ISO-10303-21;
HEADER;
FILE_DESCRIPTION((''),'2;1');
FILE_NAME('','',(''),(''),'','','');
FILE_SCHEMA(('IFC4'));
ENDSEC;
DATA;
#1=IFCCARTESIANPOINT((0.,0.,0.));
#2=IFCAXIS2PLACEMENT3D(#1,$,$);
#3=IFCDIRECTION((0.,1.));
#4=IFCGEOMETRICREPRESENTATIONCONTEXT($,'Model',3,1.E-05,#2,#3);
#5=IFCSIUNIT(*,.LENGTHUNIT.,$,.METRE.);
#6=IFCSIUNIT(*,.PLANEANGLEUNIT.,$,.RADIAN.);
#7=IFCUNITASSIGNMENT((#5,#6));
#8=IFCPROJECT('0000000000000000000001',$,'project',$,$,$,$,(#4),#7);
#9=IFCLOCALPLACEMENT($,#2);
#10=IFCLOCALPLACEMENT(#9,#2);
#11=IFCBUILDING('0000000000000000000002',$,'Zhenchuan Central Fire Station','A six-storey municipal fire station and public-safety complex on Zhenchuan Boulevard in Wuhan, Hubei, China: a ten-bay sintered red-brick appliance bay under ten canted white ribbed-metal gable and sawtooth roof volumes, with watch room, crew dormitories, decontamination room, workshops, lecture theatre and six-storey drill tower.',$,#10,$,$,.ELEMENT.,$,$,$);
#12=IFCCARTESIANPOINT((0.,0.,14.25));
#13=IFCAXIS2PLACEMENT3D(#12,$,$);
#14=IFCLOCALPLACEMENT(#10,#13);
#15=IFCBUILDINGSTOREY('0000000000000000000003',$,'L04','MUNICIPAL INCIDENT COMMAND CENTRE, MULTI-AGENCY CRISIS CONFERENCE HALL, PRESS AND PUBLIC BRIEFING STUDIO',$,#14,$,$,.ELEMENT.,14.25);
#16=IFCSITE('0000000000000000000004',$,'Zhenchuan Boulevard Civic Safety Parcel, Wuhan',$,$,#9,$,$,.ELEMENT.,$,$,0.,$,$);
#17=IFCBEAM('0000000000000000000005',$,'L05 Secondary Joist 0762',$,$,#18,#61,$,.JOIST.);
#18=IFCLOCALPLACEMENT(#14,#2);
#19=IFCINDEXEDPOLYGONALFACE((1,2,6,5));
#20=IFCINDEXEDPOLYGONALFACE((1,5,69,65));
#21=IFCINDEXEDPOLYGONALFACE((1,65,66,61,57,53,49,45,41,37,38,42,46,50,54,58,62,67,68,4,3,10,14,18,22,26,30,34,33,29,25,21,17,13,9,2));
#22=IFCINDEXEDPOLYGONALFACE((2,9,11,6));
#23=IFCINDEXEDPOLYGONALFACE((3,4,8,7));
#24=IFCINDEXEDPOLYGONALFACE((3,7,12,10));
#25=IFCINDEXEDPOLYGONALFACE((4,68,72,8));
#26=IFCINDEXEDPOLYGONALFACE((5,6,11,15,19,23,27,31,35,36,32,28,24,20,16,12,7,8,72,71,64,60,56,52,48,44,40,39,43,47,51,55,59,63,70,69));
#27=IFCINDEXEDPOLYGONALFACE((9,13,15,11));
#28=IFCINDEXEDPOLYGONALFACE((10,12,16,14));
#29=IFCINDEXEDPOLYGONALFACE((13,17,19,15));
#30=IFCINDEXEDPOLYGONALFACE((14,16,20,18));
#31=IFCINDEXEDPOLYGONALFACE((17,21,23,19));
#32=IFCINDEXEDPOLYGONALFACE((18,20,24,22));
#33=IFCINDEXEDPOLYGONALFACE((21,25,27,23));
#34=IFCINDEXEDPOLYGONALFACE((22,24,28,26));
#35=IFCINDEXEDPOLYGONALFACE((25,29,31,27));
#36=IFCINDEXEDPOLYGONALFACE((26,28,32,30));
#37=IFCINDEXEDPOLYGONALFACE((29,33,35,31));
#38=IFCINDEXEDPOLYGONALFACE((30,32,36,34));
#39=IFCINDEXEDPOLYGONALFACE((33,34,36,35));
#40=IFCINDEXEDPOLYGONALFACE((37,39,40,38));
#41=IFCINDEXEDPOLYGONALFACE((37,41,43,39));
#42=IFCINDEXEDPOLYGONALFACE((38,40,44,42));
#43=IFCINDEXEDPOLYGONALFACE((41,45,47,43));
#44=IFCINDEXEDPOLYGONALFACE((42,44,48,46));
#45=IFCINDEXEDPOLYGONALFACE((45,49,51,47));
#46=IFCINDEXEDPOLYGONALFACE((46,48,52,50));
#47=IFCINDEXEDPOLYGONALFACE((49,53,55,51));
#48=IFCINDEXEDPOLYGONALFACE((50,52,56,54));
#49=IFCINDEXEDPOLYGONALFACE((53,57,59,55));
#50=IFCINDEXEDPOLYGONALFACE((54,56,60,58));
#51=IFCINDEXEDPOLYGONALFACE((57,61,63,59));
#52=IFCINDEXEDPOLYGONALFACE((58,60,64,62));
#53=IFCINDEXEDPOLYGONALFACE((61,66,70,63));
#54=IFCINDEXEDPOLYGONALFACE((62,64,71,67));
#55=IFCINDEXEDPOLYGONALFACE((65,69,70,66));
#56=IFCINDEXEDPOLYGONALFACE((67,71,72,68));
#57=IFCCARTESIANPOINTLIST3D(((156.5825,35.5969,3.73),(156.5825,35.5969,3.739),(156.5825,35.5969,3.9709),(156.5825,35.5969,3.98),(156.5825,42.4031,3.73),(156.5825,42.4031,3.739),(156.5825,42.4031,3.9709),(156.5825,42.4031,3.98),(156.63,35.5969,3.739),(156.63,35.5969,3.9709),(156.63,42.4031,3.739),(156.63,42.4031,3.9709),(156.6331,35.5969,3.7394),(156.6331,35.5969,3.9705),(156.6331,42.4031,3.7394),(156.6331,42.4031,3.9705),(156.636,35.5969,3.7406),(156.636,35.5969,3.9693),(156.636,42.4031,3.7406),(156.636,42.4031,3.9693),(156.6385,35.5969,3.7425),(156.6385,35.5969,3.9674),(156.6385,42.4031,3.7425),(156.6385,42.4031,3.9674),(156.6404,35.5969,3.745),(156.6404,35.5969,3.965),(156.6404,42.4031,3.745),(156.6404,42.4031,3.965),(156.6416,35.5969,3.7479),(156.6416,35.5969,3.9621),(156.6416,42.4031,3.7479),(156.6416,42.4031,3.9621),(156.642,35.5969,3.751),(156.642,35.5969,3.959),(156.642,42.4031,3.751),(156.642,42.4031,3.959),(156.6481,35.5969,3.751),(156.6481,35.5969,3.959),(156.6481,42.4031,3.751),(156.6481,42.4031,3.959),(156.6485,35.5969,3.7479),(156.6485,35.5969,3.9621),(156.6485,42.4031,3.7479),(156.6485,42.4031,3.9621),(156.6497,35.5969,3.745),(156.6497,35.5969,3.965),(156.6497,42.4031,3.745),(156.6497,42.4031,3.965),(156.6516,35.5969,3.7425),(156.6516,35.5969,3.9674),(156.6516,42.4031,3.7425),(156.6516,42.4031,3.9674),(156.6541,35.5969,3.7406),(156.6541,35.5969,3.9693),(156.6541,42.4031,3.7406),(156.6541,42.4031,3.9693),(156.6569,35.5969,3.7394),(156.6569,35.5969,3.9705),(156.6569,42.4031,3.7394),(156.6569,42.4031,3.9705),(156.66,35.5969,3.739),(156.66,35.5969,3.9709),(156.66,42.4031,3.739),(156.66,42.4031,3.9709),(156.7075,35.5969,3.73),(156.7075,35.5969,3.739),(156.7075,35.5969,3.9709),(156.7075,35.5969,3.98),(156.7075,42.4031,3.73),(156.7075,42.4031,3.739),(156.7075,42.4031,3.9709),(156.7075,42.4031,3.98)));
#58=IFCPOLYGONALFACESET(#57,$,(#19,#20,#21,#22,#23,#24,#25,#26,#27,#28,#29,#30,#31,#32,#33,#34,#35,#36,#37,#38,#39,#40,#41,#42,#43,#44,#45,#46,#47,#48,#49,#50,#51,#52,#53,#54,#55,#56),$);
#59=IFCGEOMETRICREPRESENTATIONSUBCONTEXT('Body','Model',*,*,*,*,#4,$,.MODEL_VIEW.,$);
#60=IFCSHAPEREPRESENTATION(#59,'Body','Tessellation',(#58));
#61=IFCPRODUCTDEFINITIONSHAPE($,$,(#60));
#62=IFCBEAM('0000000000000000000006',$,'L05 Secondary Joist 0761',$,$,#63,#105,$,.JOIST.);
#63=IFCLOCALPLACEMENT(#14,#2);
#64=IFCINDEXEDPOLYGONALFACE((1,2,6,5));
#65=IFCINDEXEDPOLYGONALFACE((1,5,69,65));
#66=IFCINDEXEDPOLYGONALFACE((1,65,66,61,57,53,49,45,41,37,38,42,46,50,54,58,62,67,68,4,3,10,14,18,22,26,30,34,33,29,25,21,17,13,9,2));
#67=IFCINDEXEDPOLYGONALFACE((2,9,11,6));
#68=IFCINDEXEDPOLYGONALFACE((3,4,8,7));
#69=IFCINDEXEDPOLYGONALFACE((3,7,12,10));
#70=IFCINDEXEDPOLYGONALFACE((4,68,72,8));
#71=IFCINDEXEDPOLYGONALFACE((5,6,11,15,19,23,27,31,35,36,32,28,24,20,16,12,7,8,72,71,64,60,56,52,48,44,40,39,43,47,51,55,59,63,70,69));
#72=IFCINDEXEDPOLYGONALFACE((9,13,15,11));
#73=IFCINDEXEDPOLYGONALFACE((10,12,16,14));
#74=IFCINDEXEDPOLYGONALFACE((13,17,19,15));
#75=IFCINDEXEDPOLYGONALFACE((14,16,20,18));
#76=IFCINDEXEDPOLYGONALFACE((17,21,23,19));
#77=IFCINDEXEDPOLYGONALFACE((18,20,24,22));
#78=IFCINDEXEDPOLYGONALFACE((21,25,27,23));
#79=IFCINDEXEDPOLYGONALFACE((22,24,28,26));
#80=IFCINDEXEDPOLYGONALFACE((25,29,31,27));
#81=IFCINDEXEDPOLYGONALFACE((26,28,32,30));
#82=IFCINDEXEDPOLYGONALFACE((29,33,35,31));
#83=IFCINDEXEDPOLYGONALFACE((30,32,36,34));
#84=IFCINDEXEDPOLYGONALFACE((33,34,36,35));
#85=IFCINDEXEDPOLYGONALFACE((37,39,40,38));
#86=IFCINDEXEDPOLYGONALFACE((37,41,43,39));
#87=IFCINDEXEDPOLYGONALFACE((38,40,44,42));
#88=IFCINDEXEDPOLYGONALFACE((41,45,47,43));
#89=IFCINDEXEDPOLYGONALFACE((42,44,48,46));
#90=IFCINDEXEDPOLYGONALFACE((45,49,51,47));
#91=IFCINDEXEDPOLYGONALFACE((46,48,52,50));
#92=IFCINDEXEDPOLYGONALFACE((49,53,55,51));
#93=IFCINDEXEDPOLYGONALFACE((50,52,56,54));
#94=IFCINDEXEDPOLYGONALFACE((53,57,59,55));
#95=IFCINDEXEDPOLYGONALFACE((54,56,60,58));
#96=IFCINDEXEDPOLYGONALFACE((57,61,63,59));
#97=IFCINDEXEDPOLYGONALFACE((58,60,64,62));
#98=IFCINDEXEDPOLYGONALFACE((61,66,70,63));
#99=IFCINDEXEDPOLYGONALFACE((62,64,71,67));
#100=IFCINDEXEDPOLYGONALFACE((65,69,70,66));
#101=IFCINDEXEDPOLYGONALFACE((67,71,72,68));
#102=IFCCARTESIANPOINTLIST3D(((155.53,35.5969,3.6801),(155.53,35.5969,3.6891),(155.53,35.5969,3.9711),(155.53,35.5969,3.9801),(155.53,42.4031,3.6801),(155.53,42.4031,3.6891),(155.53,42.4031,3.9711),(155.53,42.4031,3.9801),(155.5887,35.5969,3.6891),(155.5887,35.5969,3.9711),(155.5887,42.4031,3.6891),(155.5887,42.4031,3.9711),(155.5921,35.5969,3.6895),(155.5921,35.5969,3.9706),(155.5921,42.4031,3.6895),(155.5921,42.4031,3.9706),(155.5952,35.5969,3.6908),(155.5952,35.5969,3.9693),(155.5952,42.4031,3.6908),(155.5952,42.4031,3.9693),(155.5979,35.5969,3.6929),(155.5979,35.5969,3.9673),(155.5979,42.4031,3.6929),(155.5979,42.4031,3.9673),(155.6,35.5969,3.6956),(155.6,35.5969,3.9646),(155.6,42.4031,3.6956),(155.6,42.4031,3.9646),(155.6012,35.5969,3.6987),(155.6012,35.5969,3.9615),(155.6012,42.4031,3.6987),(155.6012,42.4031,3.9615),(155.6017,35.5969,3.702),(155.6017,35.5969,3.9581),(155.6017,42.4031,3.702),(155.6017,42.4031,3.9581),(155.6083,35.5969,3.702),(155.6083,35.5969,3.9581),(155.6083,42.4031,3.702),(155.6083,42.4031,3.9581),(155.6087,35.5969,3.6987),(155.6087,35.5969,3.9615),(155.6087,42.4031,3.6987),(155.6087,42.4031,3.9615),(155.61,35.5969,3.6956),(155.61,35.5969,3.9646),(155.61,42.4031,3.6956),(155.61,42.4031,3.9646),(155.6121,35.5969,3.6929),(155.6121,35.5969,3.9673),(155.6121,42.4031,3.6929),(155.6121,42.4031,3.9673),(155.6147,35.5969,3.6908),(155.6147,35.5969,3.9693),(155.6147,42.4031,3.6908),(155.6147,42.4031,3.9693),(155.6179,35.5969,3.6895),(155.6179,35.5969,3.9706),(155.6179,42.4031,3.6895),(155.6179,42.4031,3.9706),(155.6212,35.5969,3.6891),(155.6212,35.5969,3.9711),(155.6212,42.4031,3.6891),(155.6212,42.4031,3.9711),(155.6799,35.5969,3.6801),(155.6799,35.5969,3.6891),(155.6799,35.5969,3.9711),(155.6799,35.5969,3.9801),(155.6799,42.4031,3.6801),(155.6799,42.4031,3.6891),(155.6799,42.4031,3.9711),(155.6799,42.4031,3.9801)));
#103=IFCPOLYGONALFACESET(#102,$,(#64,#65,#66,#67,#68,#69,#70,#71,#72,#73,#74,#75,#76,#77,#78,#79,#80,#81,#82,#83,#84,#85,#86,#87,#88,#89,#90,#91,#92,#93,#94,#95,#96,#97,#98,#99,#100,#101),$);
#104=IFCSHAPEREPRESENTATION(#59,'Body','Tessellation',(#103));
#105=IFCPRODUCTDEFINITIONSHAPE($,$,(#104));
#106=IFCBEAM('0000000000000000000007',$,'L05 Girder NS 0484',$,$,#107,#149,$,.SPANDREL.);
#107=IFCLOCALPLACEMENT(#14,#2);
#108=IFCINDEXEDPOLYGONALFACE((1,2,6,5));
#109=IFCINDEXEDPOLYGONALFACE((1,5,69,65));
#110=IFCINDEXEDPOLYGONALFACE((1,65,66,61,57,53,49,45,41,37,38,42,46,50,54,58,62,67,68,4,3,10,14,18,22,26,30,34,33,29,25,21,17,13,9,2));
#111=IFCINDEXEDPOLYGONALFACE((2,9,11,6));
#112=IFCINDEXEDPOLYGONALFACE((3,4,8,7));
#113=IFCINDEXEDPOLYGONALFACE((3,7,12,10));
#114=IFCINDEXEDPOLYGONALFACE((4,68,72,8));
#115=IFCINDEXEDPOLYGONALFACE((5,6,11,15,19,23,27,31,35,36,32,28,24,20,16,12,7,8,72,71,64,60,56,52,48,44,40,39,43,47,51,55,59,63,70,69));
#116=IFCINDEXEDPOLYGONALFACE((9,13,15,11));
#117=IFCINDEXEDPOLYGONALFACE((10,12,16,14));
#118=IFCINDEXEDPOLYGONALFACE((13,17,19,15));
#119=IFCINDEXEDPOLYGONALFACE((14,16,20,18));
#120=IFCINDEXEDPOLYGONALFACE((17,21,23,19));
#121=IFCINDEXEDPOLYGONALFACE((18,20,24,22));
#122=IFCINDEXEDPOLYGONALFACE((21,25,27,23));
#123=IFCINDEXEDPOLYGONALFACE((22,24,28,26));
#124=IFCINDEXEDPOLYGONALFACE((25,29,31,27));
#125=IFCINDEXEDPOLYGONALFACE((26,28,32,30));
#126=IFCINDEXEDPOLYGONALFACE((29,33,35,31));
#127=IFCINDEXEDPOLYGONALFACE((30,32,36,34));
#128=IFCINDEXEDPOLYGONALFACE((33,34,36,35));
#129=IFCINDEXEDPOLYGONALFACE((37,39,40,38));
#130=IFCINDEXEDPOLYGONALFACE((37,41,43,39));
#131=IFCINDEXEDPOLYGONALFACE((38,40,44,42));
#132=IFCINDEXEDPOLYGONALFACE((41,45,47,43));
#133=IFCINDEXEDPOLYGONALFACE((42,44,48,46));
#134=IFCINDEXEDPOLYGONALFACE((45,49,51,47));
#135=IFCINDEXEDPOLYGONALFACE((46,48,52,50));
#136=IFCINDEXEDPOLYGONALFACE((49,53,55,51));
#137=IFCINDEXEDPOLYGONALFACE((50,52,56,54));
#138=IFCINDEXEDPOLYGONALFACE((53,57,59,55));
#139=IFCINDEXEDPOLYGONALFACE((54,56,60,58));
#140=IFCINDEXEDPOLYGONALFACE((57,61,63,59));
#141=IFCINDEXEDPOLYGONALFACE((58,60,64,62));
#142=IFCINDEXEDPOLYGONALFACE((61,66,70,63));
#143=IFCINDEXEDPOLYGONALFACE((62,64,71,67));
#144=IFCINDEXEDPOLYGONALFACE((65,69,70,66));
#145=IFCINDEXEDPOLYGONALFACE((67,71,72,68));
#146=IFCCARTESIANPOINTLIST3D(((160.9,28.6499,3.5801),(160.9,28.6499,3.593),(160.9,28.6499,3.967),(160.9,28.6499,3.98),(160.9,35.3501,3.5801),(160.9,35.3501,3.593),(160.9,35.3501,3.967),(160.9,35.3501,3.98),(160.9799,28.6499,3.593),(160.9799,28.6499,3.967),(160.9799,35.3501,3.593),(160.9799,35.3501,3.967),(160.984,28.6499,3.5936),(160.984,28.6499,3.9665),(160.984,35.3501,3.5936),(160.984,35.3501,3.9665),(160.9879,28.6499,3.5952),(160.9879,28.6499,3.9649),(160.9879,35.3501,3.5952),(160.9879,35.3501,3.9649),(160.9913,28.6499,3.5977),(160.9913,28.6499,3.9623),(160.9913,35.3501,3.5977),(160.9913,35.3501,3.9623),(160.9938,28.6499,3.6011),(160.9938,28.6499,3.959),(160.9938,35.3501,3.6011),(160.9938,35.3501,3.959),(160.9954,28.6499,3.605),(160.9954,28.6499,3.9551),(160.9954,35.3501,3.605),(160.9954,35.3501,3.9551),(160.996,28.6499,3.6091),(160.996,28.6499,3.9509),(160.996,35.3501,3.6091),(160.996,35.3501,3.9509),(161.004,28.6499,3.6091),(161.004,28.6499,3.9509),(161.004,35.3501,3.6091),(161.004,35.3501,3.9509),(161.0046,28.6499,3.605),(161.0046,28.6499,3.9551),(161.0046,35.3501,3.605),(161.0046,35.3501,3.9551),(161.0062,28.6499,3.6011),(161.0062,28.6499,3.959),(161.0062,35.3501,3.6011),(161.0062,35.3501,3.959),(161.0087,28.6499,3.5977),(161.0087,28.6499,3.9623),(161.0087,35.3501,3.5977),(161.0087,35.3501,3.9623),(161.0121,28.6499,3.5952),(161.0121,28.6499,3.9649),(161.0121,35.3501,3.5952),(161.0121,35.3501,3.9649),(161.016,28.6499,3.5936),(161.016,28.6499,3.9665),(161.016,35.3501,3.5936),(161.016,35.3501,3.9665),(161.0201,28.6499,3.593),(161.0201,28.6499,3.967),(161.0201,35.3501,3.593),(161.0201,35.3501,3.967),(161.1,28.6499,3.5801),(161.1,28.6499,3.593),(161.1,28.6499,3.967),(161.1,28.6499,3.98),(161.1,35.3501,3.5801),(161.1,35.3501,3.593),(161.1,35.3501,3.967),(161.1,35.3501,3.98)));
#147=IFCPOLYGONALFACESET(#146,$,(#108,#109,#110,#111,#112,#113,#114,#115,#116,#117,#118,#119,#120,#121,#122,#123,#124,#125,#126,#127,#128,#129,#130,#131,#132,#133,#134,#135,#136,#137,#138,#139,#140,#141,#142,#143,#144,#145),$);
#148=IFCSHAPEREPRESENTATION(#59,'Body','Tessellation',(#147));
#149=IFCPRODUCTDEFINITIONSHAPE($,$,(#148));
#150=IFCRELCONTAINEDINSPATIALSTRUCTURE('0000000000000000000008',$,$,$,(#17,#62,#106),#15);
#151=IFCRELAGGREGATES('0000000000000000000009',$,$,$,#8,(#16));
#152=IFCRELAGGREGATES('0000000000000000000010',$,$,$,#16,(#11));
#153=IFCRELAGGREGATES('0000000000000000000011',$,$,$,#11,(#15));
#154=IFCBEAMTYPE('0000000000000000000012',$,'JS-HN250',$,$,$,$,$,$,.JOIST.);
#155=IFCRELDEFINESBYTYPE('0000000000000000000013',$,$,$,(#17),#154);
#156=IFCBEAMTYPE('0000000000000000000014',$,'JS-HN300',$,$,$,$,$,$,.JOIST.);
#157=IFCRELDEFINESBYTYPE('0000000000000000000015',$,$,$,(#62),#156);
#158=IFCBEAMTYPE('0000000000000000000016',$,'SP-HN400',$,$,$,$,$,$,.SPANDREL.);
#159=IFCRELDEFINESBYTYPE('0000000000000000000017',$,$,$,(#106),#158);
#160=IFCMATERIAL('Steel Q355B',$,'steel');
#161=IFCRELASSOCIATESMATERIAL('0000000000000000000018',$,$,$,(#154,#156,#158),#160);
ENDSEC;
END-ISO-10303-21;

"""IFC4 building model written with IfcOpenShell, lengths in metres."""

from ifc_helpers import new_model, si_unit, direction, frame, origin, origin_2d, place, context, subcontext, project, spatial, i_section, extrude, material, material_profile, profile_set, type_object, element, save


model = new_model("IFC4")

# Units and contexts
model_context = context("Model", 3, precision=1e-05, world=origin(), true_north=direction((0.0, 1.0)))
body_context = subcontext(model_context, "Body", "Model", "MODEL_VIEW")
ifc_project = project(units=[si_unit("LENGTHUNIT", "METRE"), si_unit("PLANEANGLEUNIT", "RADIAN")], contexts=[model_context])

# Site, building, storey
site_placement = place(None, origin())
site = spatial("IfcSite", under=ifc_project, at=site_placement, Name="Zhenchuan Boulevard Civic Safety Parcel, Wuhan", CompositionType="ELEMENT", RefElevation=0.0)
building_placement = place(site_placement, origin())
building = spatial("IfcBuilding", under=site, at=building_placement, Name="Zhenchuan Central Fire Station", Description="A six-storey municipal fire station and public-safety complex on Zhenchuan Boulevard in Wuhan, Hubei, China: a ten-bay sintered red-brick appliance bay under ten canted white ribbed-metal gable and sawtooth roof volumes, with watch room, crew dormitories, decontamination room, workshops, lecture theatre and six-storey drill tower.", CompositionType="ELEMENT")
storey_placement = place(building_placement, frame((0.0, 0.0, 14.25)))
storey = spatial("IfcBuildingStorey", under=building, at=storey_placement, Name="L04", Description="MUNICIPAL INCIDENT COMMAND CENTRE, MULTI-AGENCY CRISIS CONFERENCE HALL, PRESS AND PUBLIC BRIEFING STUDIO", CompositionType="ELEMENT", Elevation=14.25)

# Shared definitions
ifc_material_1 = material(Name="Steel Q355B", Category="steel")

# Beams
ifc_material_profile_1 = material_profile(ifc_material_1, i_section(OverallWidth=0.125, OverallDepth=0.25, WebThickness=0.0061, FlangeThickness=0.009, FilletRadius=0.012, at=origin_2d()), Name="HN 250x125")
ifc_profile_set_1 = profile_set([ifc_material_profile_1], Name="Steel Q355B")
beam_type_1 = type_object("IfcBeamType", Name="JS-HN250", PredefinedType="JOIST", material=ifc_profile_set_1)
beam_1_placement = place(storey_placement, frame((156.645, 35.5969, 3.855), z_axis=(0.0, 1.0, 0.0), x_axis=(-1.0, 0.0, 0.0)))
element("IfcBeam", 1, at=beam_1_placement, inside=storey, type_object=beam_type_1, Name="L05 Secondary Joist 0762", PredefinedType="JOIST", context=body_context, shape_type="SweptSolid", body=[
    extrude(i_section(OverallWidth=0.125, OverallDepth=0.25, WebThickness=0.0061, FlangeThickness=0.009, FilletRadius=0.012, at=origin_2d()), origin(), (0.0, 0.0, 1.0), 6.8062),
])
ifc_material_profile_2 = material_profile(ifc_material_1, i_section(OverallWidth=0.1499, OverallDepth=0.3, WebThickness=0.0066, FlangeThickness=0.009, FilletRadius=0.0129, at=origin_2d()), Name="HN 300x150")
ifc_profile_set_2 = profile_set([ifc_material_profile_2], Name="Steel Q355B")
beam_type_2 = type_object("IfcBeamType", Name="JS-HN300", PredefinedType="JOIST", material=ifc_profile_set_2)
beam_2_placement = place(storey_placement, frame((155.605, 35.5969, 3.8301), z_axis=(0.0, 1.0, 0.0), x_axis=(-1.0, 0.0, 0.0)))
element("IfcBeam", 2, at=beam_2_placement, inside=storey, type_object=beam_type_2, Name="L05 Secondary Joist 0761", PredefinedType="JOIST", context=body_context, shape_type="SweptSolid", body=[
    extrude(i_section(OverallWidth=0.1499, OverallDepth=0.3, WebThickness=0.0066, FlangeThickness=0.009, FilletRadius=0.0129, at=origin_2d()), origin(), (0.0, 0.0, 1.0), 6.8062),
])
ifc_material_profile_3 = material_profile(ifc_material_1, i_section(OverallWidth=0.2, OverallDepth=0.3999, WebThickness=0.0081, FlangeThickness=0.0129, FilletRadius=0.0161, at=origin_2d()), Name="HN 400x200")
ifc_profile_set_3 = profile_set([ifc_material_profile_3], Name="Steel Q355B")
beam_type_3 = type_object("IfcBeamType", Name="SP-HN400", PredefinedType="SPANDREL", material=ifc_profile_set_3)
beam_3_placement = place(storey_placement, frame((161.0, 28.6499, 3.78), z_axis=(0.0, 1.0, 0.0), x_axis=(-1.0, 0.0, 0.0)))
element("IfcBeam", 3, at=beam_3_placement, inside=storey, type_object=beam_type_3, Name="L05 Girder NS 0484", PredefinedType="SPANDREL", context=body_context, shape_type="SweptSolid", body=[
    extrude(i_section(OverallWidth=0.2, OverallDepth=0.3999, WebThickness=0.0081, FlangeThickness=0.0129, FilletRadius=0.0161, at=origin_2d()), origin(), (0.0, 0.0, 1.0), 6.7002),
])

save(model, "model.ifc")
